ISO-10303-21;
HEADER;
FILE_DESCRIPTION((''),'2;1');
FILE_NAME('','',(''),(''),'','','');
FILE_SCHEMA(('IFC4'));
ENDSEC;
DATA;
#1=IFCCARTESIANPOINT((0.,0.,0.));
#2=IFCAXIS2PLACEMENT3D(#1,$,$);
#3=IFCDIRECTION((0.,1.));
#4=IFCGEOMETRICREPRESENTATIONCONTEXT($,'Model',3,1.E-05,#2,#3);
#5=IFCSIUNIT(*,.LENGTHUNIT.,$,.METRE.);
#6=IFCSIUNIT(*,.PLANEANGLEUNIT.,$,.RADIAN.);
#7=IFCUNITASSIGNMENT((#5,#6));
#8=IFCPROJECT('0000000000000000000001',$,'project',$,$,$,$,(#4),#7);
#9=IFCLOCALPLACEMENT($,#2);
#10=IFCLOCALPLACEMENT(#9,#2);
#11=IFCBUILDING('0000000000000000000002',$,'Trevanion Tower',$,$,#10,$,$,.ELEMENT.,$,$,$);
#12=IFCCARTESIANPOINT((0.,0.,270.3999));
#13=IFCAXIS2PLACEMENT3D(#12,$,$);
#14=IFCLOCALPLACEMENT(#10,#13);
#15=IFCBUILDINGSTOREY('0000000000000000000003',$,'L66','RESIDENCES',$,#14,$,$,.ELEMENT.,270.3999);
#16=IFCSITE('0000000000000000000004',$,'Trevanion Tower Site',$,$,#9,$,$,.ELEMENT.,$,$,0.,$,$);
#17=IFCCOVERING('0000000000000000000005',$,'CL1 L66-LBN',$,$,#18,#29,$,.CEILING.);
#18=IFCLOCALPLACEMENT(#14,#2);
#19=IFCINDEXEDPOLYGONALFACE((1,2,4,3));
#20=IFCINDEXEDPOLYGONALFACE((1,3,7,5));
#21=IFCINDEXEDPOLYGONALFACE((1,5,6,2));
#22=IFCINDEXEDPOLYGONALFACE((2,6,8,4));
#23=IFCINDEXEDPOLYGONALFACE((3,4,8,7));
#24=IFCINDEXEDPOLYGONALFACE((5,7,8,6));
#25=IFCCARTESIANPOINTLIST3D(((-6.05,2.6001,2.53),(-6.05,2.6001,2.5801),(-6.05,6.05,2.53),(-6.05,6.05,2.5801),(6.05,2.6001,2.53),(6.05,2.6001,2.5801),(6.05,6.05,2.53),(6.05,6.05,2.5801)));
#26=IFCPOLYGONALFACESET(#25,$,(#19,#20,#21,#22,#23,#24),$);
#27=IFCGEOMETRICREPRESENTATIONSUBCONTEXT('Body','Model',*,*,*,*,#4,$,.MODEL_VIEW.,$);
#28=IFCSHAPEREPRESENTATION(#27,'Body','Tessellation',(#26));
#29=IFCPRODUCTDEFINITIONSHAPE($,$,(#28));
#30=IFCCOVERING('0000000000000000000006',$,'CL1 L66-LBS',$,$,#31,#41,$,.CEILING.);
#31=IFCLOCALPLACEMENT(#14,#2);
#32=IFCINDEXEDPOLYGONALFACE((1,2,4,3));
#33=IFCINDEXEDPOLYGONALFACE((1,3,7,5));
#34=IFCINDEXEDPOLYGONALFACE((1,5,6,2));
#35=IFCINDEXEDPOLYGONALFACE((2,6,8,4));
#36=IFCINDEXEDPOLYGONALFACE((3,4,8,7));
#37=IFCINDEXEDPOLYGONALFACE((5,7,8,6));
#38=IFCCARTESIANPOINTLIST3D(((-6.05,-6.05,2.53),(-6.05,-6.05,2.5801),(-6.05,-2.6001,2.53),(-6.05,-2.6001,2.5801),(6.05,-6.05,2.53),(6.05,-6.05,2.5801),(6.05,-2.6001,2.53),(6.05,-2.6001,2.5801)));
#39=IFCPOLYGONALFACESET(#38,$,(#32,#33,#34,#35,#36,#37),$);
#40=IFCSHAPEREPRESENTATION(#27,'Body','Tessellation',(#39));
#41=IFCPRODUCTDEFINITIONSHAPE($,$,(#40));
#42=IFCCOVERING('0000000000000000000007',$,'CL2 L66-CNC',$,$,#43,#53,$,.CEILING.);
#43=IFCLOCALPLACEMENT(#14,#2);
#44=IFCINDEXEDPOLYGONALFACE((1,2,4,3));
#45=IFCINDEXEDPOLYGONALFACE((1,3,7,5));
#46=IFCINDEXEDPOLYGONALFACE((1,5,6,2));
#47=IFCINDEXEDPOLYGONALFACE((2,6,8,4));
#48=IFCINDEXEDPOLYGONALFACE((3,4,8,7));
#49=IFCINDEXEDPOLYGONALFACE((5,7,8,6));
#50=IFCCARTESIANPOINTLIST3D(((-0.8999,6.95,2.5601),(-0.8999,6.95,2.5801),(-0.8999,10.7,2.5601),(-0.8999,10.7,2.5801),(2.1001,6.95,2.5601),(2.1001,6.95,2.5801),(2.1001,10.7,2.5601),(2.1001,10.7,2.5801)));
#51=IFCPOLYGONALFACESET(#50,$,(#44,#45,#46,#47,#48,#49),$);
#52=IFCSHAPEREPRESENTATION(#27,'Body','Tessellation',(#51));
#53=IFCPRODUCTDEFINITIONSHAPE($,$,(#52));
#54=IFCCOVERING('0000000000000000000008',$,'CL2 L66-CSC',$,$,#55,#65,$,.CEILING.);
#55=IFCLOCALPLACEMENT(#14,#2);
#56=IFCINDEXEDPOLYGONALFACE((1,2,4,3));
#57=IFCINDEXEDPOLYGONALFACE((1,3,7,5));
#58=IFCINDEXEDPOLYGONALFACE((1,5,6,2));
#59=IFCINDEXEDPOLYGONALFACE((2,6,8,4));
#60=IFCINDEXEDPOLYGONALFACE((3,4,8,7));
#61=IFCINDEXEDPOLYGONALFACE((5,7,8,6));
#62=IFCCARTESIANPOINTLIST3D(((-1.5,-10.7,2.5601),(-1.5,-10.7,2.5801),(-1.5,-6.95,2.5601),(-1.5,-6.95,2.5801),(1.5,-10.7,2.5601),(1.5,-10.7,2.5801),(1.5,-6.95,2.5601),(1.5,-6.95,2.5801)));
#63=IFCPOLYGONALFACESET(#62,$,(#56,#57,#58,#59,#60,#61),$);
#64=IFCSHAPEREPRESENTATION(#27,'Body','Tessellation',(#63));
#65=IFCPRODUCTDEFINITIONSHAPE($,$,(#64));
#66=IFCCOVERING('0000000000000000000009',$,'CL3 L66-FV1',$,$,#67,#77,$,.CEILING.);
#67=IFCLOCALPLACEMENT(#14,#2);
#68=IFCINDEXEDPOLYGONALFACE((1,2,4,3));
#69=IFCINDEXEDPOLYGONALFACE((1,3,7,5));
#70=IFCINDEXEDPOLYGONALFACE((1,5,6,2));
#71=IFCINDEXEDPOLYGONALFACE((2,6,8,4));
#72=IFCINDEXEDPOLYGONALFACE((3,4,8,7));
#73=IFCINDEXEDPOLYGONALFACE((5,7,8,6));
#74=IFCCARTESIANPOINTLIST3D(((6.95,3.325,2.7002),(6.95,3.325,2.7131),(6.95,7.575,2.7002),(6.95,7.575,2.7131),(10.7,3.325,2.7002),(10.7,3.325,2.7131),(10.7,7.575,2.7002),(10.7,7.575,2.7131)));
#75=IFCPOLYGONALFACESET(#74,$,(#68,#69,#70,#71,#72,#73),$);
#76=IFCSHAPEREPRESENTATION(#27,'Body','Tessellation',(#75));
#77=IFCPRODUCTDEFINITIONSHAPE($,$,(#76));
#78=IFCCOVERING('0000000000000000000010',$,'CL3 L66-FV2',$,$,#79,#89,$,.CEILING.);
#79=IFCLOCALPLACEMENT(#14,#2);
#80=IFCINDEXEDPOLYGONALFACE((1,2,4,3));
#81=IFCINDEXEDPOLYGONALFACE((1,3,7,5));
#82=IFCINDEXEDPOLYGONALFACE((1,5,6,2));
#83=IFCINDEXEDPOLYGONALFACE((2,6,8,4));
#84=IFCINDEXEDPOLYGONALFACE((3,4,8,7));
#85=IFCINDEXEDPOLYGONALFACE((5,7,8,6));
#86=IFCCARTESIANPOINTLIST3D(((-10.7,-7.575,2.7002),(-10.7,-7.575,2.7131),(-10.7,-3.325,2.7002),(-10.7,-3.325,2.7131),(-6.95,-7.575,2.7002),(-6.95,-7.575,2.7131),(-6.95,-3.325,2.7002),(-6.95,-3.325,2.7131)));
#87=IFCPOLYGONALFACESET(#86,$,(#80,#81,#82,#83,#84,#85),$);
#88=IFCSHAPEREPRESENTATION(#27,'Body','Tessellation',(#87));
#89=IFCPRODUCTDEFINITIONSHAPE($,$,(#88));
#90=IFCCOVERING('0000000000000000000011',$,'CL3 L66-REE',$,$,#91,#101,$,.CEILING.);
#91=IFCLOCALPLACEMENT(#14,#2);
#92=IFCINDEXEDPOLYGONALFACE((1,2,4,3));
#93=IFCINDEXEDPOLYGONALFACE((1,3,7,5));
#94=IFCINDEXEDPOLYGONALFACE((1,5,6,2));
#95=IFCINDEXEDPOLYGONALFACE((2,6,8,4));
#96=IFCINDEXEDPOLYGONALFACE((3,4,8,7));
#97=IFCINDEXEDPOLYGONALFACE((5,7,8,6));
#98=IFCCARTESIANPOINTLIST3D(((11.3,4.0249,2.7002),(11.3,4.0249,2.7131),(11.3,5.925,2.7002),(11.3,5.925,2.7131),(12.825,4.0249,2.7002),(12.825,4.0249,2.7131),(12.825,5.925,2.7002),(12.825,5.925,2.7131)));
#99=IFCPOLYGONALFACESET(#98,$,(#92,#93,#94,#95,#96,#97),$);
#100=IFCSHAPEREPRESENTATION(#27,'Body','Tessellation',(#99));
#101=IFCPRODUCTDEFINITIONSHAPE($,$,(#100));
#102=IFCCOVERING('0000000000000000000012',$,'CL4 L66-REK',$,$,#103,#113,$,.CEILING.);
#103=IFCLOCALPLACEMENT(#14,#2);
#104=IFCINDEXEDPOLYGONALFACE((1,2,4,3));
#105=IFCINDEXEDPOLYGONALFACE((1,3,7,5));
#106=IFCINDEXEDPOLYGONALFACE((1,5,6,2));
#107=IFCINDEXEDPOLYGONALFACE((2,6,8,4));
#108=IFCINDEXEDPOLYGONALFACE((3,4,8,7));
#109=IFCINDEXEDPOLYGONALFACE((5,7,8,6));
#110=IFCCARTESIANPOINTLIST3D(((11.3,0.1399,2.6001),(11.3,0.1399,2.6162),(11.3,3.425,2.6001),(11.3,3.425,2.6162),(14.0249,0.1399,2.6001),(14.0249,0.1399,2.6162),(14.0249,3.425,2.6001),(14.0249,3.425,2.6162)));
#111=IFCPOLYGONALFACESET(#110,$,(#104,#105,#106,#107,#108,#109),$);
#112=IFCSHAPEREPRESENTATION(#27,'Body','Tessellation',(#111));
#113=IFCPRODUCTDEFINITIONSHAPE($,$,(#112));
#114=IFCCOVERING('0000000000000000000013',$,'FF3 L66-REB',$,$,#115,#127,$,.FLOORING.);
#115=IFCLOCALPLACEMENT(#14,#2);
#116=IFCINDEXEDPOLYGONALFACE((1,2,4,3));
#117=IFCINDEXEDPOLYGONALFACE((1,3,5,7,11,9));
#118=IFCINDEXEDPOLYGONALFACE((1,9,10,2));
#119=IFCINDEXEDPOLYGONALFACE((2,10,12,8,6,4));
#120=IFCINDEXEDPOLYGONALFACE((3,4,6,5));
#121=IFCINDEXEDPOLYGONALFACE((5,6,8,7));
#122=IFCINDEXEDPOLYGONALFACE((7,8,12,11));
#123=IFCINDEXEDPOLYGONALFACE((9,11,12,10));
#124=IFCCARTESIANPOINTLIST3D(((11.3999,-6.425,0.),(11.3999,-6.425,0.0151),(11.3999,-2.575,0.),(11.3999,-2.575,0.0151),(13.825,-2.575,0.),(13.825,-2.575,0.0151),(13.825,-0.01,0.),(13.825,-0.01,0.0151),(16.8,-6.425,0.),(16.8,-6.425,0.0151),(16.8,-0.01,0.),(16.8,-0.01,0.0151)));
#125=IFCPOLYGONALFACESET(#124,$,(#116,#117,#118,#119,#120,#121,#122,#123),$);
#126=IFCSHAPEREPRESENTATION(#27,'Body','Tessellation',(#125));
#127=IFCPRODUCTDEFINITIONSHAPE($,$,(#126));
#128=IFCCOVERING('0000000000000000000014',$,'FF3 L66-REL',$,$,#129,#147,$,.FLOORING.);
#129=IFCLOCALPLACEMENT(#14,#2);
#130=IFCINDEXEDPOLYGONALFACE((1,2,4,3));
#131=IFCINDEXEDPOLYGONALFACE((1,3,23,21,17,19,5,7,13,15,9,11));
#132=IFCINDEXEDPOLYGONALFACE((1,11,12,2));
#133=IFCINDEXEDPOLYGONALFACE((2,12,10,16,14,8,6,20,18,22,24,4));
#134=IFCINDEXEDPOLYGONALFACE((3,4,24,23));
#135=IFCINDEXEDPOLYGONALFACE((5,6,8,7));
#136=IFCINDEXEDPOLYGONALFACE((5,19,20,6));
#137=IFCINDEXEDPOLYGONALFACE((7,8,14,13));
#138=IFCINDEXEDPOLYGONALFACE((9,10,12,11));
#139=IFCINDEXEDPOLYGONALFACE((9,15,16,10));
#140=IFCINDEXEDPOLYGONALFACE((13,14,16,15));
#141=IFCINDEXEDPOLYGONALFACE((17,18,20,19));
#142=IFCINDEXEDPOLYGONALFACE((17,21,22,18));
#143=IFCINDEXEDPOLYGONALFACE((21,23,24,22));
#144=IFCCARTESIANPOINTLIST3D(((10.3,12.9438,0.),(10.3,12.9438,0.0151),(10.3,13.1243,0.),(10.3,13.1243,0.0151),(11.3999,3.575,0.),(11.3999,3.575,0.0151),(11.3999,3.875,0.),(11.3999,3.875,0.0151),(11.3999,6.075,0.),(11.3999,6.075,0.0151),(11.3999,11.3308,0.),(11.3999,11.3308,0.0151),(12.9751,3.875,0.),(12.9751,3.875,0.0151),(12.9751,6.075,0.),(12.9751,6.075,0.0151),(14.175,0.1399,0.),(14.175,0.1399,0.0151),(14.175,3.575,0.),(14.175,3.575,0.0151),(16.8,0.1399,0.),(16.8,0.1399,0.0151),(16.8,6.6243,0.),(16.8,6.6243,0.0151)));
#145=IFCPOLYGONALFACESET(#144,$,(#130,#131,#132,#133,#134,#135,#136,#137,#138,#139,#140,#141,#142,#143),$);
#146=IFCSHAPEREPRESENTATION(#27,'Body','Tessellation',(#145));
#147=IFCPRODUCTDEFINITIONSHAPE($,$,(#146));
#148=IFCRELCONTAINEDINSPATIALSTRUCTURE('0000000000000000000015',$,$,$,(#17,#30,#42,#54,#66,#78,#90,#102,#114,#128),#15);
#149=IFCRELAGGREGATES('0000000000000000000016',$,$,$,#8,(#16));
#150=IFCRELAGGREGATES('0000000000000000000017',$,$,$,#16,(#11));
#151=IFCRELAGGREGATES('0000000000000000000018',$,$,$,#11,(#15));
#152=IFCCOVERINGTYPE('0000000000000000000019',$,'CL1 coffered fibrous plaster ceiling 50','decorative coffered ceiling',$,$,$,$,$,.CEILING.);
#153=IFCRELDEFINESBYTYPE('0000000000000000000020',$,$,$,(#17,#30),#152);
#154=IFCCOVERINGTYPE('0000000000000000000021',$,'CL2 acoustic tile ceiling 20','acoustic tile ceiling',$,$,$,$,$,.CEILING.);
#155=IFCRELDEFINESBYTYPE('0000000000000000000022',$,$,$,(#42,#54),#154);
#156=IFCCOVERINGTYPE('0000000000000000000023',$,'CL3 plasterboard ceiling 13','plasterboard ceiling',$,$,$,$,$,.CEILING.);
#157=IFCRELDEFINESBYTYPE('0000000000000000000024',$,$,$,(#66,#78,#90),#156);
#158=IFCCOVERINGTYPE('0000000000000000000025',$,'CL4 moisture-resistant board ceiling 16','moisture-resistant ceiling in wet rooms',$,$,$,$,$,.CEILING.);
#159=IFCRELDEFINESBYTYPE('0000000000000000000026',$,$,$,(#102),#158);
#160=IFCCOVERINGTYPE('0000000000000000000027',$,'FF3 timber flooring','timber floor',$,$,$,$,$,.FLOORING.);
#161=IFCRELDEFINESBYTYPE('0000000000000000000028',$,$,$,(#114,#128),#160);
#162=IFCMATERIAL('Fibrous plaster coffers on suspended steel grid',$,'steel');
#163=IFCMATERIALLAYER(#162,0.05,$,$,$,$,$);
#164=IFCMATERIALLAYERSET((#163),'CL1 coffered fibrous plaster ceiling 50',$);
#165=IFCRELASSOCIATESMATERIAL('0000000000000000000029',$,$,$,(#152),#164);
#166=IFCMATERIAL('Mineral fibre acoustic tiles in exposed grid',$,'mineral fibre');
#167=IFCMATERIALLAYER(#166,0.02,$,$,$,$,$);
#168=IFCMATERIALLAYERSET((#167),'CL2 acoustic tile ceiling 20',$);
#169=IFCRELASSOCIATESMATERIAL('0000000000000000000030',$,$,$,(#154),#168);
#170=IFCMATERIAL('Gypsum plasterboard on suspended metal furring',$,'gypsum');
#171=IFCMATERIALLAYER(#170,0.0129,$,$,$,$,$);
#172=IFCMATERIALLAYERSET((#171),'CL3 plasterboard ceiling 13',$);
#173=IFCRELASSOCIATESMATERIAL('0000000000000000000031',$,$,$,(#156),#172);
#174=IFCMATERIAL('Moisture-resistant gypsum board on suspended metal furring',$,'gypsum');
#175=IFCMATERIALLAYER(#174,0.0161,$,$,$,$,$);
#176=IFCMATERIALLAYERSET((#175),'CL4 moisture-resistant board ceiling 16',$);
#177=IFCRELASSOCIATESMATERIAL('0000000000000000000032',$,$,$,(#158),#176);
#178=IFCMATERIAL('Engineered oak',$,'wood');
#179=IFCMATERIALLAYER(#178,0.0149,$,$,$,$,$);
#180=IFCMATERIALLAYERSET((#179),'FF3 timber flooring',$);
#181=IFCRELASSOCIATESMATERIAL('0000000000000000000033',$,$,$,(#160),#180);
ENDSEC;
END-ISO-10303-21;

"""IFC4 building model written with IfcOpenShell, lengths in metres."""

from ifc_helpers import new_model, si_unit, direction, frame, origin, place, context, subcontext, project, spatial, polyline, outline, extrude, material, layer, layer_set, type_object, element, save


model = new_model("IFC4")

# Units and contexts
model_context = context("Model", 3, precision=1e-05, world=origin(), true_north=direction((0.0, 1.0)))
body_context = subcontext(model_context, "Body", "Model", "MODEL_VIEW")
ifc_project = project(units=[si_unit("LENGTHUNIT", "METRE"), si_unit("PLANEANGLEUNIT", "RADIAN")], contexts=[model_context])

# Site, building, storey
site_placement = place(None, origin())
site = spatial("IfcSite", under=ifc_project, at=site_placement, Name="Trevanion Tower Site", CompositionType="ELEMENT", RefElevation=0.0)
building_placement = place(site_placement, origin())
building = spatial("IfcBuilding", under=site, at=building_placement, Name="Trevanion Tower", CompositionType="ELEMENT")
storey_placement = place(building_placement, frame((0.0, 0.0, 270.3999)))
storey = spatial("IfcBuildingStorey", under=building, at=storey_placement, Name="L66", Description="RESIDENCES", CompositionType="ELEMENT", Elevation=270.3999)

# Coverings
ifc_material_1 = material(Name="Fibrous plaster coffers on suspended steel grid", Category="steel")
ifc_layer_1 = layer(ifc_material_1, 0.05)
ifc_layer_set_1 = layer_set([ifc_layer_1], Name="CL1 coffered fibrous plaster ceiling 50")
covering_type_1 = type_object("IfcCoveringType", Name="CL1 coffered fibrous plaster ceiling 50", Description="decorative coffered ceiling", PredefinedType="CEILING", material=ifc_layer_set_1)
covering_1_placement = place(storey_placement, frame((0.0, 0.0, 2.53)))
element("IfcCovering", 1, at=covering_1_placement, inside=storey, type_object=covering_type_1, Name="CL1 L66-LBN", PredefinedType="CEILING", context=body_context, shape_type="SweptSolid", body=[
    extrude(outline(polyline([(6.05, 2.6001), (6.05, 6.05), (-6.05, 6.05), (-6.05, 2.6001), (6.05, 2.6001)])), origin(), (0.0, 0.0, 1.0), 0.05),
])
covering_2_placement = place(storey_placement, frame((0.0, 0.0, 2.53)))
element("IfcCovering", 2, at=covering_2_placement, inside=storey, type_object=covering_type_1, Name="CL1 L66-LBS", PredefinedType="CEILING", context=body_context, shape_type="SweptSolid", body=[
    extrude(outline(polyline([(6.05, -6.05), (6.05, -2.6001), (-6.05, -2.6001), (-6.05, -6.05), (6.05, -6.05)])), origin(), (0.0, 0.0, 1.0), 0.05),
])
ifc_material_2 = material(Name="Mineral fibre acoustic tiles in exposed grid", Category="mineral fibre")
ifc_layer_2 = layer(ifc_material_2, 0.02)
ifc_layer_set_2 = layer_set([ifc_layer_2], Name="CL2 acoustic tile ceiling 20")
covering_type_2 = type_object("IfcCoveringType", Name="CL2 acoustic tile ceiling 20", Description="acoustic tile ceiling", PredefinedType="CEILING", material=ifc_layer_set_2)
covering_3_placement = place(storey_placement, frame((0.0, 0.0, 2.5601)))
element("IfcCovering", 3, at=covering_3_placement, inside=storey, type_object=covering_type_2, Name="CL2 L66-CNC", PredefinedType="CEILING", context=body_context, shape_type="SweptSolid", body=[
    extrude(outline(polyline([(2.1001, 6.95), (2.1001, 10.7), (-0.8999, 10.7), (-0.8999, 6.95), (2.1001, 6.95)])), origin(), (0.0, 0.0, 1.0), 0.02),
])
covering_4_placement = place(storey_placement, frame((0.0, 0.0, 2.5601)))
element("IfcCovering", 4, at=covering_4_placement, inside=storey, type_object=covering_type_2, Name="CL2 L66-CSC", PredefinedType="CEILING", context=body_context, shape_type="SweptSolid", body=[
    extrude(outline(polyline([(1.5, -10.7), (1.5, -6.95), (-1.5, -6.95), (-1.5, -10.7), (1.5, -10.7)])), origin(), (0.0, 0.0, 1.0), 0.02),
])
ifc_material_3 = material(Name="Gypsum plasterboard on suspended metal furring", Category="gypsum")
ifc_layer_3 = layer(ifc_material_3, 0.0129)
ifc_layer_set_3 = layer_set([ifc_layer_3], Name="CL3 plasterboard ceiling 13")
covering_type_3 = type_object("IfcCoveringType", Name="CL3 plasterboard ceiling 13", Description="plasterboard ceiling", PredefinedType="CEILING", material=ifc_layer_set_3)
covering_5_placement = place(storey_placement, frame((0.0, 0.0, 2.7002)))
element("IfcCovering", 5, at=covering_5_placement, inside=storey, type_object=covering_type_3, Name="CL3 L66-FV1", PredefinedType="CEILING", context=body_context, shape_type="SweptSolid", body=[
    extrude(outline(polyline([(10.7, 3.325), (10.7, 7.575), (6.95, 7.575), (6.95, 3.325), (10.7, 3.325)])), origin(), (0.0, 0.0, 1.0), 0.0129),
])
covering_6_placement = place(storey_placement, frame((0.0, 0.0, 2.7002)))
element("IfcCovering", 6, at=covering_6_placement, inside=storey, type_object=covering_type_3, Name="CL3 L66-FV2", PredefinedType="CEILING", context=body_context, shape_type="SweptSolid", body=[
    extrude(outline(polyline([(-10.7, -3.325), (-10.7, -7.575), (-6.95, -7.575), (-6.95, -3.325), (-10.7, -3.325)])), origin(), (0.0, 0.0, 1.0), 0.0129),
])
covering_7_placement = place(storey_placement, frame((0.0, 0.0, 2.7002)))
element("IfcCovering", 7, at=covering_7_placement, inside=storey, type_object=covering_type_3, Name="CL3 L66-REE", PredefinedType="CEILING", context=body_context, shape_type="SweptSolid", body=[
    extrude(outline(polyline([(12.825, 4.0249), (12.825, 5.925), (11.3, 5.925), (11.3, 4.0249), (12.825, 4.0249)])), origin(), (0.0, 0.0, 1.0), 0.0129),
])
ifc_material_4 = material(Name="Moisture-resistant gypsum board on suspended metal furring", Category="gypsum")
ifc_layer_4 = layer(ifc_material_4, 0.0161)
ifc_layer_set_4 = layer_set([ifc_layer_4], Name="CL4 moisture-resistant board ceiling 16")
covering_type_4 = type_object("IfcCoveringType", Name="CL4 moisture-resistant board ceiling 16", Description="moisture-resistant ceiling in wet rooms", PredefinedType="CEILING", material=ifc_layer_set_4)
covering_8_placement = place(storey_placement, frame((0.0, 0.0, 2.6001)))
element("IfcCovering", 8, at=covering_8_placement, inside=storey, type_object=covering_type_4, Name="CL4 L66-REK", PredefinedType="CEILING", context=body_context, shape_type="SweptSolid", body=[
    extrude(outline(polyline([(14.0249, 0.1399), (14.0249, 3.425), (11.3, 3.425), (11.3, 0.1399), (14.0249, 0.1399)])), origin(), (0.0, 0.0, 1.0), 0.0161),
])
ifc_material_5 = material(Name="Engineered oak", Category="wood")
ifc_layer_5 = layer(ifc_material_5, 0.0149)
ifc_layer_set_5 = layer_set([ifc_layer_5], Name="FF3 timber flooring")
covering_type_5 = type_object("IfcCoveringType", Name="FF3 timber flooring", Description="timber floor", PredefinedType="FLOORING", material=ifc_layer_set_5)
covering_9_placement = place(storey_placement, origin())
element("IfcCovering", 9, at=covering_9_placement, inside=storey, type_object=covering_type_5, Name="FF3 L66-REB", PredefinedType="FLOORING", context=body_context, shape_type="SweptSolid", body=[
    extrude(outline(polyline([(11.3999, -6.425), (11.3999, -2.575), (13.825, -2.575), (13.825, -0.01), (16.8, -0.01), (16.8, -6.425), (11.3999, -6.425)])), origin(), (0.0, 0.0, 1.0), 0.0151),
])
covering_10_placement = place(storey_placement, origin())
element("IfcCovering", 10, at=covering_10_placement, inside=storey, type_object=covering_type_5, Name="FF3 L66-REL", PredefinedType="FLOORING", context=body_context, shape_type="SweptSolid", body=[
    extrude(outline(polyline([(14.175, 0.1399), (14.175, 3.575), (11.3999, 3.575), (11.3999, 3.875), (12.9751, 3.875), (12.9751, 6.075), (11.3999, 6.075), (11.3999, 11.3308), (10.3, 12.9438), (10.3, 13.1243), (16.8, 6.6243), (16.8, 0.1399), (14.175, 0.1399)])), origin(), (0.0, 0.0, 1.0), 0.0151),
])

save(model, "model.ifc")
